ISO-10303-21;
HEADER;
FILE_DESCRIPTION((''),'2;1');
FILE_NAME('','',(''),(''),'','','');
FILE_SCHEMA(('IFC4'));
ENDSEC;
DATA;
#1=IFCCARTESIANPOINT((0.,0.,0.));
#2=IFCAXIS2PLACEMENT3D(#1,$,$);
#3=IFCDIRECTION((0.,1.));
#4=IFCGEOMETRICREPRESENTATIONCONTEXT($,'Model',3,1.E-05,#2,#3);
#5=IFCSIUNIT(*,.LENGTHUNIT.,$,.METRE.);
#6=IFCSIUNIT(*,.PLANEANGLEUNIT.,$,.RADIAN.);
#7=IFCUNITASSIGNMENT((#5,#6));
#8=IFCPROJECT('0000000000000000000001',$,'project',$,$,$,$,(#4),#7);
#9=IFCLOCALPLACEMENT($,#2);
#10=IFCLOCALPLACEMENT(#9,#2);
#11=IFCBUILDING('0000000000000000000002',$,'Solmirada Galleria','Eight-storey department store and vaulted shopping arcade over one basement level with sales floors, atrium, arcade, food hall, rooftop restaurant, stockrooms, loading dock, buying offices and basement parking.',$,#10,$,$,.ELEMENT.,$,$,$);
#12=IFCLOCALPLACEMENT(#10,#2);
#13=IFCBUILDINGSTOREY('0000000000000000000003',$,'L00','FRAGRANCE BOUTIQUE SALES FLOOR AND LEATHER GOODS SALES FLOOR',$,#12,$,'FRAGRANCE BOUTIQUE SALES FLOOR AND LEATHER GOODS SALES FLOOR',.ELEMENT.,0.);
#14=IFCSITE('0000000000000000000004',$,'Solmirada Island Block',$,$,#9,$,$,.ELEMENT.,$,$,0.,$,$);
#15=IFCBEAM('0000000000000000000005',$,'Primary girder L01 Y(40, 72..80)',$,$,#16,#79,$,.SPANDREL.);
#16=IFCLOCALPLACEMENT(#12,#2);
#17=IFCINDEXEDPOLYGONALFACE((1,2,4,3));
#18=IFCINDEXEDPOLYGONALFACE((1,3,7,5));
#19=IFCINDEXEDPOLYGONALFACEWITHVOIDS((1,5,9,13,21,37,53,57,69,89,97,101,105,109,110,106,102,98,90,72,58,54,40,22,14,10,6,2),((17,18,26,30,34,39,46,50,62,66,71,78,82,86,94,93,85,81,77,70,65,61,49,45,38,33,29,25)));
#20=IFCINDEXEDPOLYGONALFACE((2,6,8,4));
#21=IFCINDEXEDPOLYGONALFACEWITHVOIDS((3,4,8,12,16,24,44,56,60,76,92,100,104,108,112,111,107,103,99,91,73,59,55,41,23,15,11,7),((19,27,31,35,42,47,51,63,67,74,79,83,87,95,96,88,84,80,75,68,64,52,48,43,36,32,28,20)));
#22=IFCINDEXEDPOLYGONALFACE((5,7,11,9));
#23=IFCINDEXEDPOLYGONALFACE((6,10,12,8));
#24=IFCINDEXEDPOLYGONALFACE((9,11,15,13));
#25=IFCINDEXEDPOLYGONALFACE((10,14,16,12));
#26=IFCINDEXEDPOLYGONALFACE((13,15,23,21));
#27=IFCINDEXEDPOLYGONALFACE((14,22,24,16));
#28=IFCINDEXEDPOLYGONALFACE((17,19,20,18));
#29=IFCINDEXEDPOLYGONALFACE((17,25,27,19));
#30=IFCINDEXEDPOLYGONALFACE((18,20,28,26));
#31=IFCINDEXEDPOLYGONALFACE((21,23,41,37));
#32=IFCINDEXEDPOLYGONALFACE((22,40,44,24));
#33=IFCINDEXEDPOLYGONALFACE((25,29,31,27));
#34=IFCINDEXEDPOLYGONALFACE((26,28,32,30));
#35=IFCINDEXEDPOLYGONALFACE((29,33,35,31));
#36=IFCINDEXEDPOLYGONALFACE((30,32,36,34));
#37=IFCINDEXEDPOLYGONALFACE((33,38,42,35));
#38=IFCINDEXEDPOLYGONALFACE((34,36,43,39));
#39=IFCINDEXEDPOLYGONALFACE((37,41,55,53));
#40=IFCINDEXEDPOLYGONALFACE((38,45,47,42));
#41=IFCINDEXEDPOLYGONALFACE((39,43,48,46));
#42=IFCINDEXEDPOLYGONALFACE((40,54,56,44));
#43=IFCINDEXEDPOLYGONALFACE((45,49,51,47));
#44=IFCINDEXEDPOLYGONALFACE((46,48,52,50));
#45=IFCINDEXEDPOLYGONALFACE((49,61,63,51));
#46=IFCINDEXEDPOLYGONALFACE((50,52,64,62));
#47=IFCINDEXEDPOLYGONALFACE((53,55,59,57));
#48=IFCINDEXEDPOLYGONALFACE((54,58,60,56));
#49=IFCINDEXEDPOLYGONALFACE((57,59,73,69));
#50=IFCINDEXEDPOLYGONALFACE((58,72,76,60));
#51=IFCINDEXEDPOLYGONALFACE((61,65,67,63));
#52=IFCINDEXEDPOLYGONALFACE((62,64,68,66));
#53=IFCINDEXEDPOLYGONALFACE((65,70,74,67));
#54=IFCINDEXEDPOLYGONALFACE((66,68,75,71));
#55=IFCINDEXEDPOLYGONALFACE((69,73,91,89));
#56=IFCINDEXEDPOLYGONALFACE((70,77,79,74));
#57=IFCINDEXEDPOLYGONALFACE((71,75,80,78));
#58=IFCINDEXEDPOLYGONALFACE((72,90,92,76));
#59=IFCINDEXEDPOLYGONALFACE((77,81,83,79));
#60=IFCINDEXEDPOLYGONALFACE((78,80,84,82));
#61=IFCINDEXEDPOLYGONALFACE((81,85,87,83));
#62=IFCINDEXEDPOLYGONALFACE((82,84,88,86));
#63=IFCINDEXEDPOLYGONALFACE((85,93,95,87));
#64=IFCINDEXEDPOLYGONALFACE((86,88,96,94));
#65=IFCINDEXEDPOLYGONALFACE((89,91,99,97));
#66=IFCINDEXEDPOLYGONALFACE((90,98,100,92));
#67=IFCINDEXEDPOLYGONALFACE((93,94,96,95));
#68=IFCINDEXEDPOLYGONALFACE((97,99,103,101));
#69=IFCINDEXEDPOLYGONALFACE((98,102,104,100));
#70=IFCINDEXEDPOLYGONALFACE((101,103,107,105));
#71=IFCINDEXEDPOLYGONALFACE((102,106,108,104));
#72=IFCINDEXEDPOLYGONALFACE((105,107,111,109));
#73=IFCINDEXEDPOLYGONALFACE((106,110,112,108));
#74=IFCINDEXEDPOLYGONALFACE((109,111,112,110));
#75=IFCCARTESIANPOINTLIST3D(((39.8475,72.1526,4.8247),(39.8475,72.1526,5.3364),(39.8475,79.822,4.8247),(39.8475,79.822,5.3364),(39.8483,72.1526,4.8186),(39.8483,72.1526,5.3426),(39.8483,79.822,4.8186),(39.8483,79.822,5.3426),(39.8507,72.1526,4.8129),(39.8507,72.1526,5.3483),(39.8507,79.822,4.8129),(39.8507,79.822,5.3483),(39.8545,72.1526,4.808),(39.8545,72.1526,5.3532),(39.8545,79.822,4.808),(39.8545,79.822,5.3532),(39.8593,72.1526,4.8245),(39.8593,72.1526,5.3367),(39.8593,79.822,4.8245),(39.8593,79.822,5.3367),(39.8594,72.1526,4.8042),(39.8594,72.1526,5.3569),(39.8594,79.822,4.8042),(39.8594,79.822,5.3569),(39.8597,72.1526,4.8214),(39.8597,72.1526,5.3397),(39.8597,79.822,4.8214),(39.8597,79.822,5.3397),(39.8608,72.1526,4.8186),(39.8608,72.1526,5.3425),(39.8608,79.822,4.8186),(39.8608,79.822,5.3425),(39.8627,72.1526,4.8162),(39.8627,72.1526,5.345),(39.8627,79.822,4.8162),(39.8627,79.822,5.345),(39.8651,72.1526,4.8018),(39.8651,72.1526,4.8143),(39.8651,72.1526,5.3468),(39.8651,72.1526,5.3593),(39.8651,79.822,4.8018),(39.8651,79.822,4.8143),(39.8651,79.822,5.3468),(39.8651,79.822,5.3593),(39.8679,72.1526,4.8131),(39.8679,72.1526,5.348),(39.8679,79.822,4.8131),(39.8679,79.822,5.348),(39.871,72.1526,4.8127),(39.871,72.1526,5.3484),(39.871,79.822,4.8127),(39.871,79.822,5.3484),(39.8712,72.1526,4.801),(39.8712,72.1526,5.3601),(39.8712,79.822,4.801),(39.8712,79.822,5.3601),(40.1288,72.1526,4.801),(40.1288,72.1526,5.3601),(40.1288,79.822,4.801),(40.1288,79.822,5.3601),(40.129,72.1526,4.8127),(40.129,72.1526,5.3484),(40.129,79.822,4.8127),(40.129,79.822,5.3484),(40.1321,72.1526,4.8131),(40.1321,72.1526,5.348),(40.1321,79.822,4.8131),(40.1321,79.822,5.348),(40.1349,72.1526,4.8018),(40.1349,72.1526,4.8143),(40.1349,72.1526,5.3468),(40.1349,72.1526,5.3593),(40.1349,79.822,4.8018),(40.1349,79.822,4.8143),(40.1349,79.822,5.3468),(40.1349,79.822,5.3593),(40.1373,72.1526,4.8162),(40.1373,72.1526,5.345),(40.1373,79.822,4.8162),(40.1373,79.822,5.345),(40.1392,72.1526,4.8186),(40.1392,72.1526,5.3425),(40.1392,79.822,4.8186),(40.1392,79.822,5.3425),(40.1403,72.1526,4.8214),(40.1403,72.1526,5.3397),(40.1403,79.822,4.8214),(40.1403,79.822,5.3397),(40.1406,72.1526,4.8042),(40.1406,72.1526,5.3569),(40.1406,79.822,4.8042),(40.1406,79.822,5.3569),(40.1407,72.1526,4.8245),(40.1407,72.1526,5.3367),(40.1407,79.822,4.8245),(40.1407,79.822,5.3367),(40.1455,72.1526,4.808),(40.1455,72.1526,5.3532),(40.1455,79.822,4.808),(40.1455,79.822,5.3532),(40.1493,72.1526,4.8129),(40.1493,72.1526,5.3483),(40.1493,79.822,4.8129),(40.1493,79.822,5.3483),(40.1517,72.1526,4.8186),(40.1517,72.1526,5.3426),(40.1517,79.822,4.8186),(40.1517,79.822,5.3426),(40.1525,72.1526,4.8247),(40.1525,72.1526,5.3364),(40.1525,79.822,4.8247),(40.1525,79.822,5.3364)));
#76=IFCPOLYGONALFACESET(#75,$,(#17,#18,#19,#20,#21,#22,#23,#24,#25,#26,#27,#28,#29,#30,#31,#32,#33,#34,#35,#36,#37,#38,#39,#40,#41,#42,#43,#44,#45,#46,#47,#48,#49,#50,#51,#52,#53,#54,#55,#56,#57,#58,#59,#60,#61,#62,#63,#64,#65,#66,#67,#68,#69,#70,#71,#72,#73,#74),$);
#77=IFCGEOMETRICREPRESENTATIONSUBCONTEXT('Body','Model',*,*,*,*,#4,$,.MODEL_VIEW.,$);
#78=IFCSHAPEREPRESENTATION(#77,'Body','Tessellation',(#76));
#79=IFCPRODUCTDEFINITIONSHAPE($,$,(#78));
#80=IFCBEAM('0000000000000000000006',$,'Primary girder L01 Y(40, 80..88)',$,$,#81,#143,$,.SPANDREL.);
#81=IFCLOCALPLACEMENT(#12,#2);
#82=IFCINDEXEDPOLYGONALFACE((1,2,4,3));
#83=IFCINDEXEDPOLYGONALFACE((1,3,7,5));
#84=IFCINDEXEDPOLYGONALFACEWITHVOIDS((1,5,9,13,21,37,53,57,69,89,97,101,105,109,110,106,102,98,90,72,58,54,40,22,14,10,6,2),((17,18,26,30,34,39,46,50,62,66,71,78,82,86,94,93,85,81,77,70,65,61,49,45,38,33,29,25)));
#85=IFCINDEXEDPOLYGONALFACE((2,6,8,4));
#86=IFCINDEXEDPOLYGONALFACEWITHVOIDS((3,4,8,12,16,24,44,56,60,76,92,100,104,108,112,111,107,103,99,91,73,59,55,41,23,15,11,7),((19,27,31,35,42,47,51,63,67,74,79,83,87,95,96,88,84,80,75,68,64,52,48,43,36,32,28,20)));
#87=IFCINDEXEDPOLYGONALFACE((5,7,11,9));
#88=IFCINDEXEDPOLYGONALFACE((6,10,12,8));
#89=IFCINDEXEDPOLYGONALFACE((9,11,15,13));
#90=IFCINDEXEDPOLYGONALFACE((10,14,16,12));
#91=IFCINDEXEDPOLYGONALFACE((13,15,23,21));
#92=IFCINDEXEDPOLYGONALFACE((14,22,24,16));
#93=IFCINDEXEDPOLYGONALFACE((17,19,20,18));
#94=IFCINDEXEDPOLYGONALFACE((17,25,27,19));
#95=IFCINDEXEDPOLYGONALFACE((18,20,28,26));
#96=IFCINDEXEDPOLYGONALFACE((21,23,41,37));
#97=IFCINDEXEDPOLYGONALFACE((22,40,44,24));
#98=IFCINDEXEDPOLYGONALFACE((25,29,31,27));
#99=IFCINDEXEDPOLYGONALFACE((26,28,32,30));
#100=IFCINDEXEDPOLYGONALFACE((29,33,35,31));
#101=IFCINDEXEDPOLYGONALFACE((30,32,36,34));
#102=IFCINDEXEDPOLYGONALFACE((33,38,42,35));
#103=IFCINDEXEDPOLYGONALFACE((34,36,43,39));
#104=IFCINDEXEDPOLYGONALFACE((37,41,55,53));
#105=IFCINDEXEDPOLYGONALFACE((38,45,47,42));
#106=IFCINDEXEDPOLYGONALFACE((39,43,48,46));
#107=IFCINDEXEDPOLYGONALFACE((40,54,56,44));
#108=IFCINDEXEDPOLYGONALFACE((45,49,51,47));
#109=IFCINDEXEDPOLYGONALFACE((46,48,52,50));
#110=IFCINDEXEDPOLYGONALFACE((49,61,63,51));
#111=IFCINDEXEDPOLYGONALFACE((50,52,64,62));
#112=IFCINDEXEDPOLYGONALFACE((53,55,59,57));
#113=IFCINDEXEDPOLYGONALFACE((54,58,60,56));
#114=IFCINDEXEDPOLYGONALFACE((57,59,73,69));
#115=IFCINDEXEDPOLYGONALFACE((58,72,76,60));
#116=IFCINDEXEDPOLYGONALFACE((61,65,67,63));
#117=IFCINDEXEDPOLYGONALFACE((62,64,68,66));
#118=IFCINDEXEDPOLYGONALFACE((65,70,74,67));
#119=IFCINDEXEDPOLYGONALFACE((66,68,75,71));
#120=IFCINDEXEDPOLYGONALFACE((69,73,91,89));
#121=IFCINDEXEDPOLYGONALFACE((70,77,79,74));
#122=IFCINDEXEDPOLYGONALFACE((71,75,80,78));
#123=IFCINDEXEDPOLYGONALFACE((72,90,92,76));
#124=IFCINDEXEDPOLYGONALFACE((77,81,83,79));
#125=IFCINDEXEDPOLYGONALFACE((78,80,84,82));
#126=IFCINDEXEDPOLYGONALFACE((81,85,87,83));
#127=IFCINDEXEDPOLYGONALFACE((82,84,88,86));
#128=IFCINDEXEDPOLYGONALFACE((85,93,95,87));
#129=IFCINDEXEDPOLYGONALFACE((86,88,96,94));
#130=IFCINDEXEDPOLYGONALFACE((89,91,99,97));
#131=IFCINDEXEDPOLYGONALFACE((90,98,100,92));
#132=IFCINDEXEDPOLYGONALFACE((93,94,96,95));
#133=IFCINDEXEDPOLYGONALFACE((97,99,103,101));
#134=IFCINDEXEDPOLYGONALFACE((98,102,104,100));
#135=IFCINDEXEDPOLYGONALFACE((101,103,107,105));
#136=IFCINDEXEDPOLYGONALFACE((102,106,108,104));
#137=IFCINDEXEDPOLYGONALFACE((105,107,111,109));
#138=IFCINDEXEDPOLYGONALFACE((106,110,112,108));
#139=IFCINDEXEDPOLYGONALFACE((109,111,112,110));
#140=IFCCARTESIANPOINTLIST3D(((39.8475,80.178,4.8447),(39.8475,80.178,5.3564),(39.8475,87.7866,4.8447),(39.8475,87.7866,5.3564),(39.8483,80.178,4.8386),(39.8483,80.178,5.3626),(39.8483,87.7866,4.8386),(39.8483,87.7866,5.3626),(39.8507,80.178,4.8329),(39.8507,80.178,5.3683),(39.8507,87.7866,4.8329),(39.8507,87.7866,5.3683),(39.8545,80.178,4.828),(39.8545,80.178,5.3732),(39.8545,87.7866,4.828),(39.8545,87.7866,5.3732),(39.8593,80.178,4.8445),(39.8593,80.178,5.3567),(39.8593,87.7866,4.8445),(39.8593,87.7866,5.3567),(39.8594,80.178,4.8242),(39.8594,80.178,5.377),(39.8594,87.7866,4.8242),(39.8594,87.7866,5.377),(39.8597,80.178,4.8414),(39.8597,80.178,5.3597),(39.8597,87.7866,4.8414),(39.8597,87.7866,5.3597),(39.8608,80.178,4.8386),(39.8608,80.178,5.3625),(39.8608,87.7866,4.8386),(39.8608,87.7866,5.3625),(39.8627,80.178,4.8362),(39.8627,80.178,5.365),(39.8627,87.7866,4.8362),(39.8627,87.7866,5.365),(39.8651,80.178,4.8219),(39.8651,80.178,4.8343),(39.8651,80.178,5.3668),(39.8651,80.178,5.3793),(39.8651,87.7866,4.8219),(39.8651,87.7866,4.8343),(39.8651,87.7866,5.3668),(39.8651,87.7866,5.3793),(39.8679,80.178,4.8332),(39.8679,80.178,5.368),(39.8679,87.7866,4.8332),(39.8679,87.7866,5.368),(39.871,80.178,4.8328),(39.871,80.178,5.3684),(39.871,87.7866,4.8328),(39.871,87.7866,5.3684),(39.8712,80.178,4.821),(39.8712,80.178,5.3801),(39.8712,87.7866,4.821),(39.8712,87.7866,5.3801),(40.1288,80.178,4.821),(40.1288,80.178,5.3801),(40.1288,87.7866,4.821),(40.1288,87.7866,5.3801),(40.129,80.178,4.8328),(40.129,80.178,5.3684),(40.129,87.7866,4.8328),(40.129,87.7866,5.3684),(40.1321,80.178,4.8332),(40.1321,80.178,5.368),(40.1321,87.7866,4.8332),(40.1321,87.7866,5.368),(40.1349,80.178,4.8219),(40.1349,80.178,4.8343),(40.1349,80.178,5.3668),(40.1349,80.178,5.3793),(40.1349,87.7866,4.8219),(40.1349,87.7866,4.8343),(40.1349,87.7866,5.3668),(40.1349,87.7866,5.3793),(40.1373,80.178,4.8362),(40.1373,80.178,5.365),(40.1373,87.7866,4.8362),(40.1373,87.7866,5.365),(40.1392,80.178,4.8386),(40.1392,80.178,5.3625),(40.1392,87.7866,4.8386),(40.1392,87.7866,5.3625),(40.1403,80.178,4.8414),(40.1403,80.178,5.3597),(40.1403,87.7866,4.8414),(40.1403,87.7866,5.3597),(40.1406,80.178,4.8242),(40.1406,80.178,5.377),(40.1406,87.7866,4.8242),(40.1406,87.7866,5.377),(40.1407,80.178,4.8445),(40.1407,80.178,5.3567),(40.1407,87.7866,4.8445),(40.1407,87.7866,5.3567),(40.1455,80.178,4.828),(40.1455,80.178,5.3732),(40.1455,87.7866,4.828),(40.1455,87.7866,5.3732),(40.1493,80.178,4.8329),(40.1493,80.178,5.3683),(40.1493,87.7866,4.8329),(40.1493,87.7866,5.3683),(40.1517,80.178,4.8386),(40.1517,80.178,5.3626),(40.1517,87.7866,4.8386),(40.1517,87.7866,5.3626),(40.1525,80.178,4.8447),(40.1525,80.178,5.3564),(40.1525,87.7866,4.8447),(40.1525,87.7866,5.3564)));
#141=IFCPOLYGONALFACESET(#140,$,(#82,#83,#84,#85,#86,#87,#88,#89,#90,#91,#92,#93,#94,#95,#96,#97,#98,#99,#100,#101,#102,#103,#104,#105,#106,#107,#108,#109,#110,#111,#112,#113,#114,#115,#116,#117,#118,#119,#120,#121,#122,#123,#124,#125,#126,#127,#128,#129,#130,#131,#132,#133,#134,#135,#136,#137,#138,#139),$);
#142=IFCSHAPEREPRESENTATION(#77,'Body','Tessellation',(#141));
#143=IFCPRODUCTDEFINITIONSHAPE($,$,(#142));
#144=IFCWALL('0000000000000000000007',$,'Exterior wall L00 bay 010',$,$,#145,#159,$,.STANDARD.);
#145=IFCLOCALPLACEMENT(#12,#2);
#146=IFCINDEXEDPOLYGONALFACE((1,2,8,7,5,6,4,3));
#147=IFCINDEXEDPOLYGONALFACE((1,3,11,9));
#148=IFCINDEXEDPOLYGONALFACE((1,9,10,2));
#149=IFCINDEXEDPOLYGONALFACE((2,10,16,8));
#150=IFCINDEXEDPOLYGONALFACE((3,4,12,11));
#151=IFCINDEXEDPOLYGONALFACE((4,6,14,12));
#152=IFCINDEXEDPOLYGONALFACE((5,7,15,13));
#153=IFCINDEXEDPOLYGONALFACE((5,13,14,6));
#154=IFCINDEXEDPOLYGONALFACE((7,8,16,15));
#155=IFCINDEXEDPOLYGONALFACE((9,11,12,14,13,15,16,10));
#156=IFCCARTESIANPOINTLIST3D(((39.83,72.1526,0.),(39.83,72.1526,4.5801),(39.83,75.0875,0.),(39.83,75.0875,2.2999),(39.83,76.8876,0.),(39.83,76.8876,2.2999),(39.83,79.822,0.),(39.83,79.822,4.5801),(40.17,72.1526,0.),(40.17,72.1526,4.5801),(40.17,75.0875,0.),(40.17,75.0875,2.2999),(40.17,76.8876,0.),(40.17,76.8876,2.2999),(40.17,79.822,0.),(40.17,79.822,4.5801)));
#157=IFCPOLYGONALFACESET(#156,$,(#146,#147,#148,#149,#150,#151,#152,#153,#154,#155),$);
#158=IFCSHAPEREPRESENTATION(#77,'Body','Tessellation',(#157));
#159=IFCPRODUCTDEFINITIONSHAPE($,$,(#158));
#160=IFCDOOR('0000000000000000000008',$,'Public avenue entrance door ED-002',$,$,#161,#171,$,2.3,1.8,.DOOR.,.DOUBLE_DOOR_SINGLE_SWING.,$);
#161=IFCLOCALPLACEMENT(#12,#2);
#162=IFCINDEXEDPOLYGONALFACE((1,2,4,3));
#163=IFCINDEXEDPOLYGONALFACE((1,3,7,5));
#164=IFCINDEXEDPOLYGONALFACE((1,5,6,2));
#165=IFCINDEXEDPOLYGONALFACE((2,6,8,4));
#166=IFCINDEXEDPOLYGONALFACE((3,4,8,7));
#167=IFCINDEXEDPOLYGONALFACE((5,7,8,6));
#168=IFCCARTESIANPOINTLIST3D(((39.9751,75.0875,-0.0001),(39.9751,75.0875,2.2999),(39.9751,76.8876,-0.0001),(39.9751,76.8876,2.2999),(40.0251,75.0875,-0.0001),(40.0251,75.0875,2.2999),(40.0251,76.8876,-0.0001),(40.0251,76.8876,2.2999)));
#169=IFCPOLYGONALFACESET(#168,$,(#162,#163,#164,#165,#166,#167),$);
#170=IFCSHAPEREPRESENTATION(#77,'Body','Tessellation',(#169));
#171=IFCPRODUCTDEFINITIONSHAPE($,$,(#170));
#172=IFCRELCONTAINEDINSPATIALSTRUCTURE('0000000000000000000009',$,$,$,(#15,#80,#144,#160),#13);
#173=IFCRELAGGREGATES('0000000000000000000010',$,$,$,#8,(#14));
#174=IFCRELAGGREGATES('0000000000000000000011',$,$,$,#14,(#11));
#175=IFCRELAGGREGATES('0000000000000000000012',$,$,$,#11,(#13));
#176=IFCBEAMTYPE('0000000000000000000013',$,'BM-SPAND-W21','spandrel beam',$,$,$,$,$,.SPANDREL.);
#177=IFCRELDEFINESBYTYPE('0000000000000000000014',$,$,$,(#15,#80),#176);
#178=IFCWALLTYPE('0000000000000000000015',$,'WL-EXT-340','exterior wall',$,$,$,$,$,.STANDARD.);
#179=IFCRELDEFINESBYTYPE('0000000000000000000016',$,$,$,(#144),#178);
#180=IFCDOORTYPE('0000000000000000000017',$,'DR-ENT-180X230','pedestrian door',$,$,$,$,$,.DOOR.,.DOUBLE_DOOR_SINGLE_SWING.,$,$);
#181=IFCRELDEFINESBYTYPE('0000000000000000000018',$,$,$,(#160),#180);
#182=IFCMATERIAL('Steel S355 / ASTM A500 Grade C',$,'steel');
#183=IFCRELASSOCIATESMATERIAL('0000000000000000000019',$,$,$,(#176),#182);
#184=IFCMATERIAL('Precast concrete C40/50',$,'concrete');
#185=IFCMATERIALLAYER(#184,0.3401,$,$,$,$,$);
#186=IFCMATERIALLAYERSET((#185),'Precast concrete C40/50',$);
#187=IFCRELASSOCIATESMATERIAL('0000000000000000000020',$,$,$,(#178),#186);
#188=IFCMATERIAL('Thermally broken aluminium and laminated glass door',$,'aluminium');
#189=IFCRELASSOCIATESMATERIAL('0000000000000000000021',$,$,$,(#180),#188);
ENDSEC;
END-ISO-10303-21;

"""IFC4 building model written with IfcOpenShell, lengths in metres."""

from ifc_helpers import new_model, si_unit, direction, frame, frame_2d, origin, origin_2d, place, context, subcontext, project, spatial, rectangle, hollow_rectangle, extrude, material, layer, layer_set, material_profile, profile_set, type_object, element, fill, save


model = new_model("IFC4")

# Units and contexts
model_context = context("Model", 3, precision=1e-05, world=origin(), true_north=direction((0.0, 1.0)))
body_context = subcontext(model_context, "Body", "Model", "MODEL_VIEW")
ifc_project = project(units=[si_unit("LENGTHUNIT", "METRE"), si_unit("PLANEANGLEUNIT", "RADIAN")], contexts=[model_context])

# Site, building, storey
site_placement = place(None, origin())
site = spatial("IfcSite", under=ifc_project, at=site_placement, Name="Solmirada Island Block", CompositionType="ELEMENT", RefElevation=0.0)
building_placement = place(site_placement, origin())
building = spatial("IfcBuilding", under=site, at=building_placement, Name="Solmirada Galleria", Description="Eight-storey department store and vaulted shopping arcade over one basement level with sales floors, atrium, arcade, food hall, rooftop restaurant, stockrooms, loading dock, buying offices and basement parking.", CompositionType="ELEMENT")
storey_placement = place(building_placement, origin())
storey = spatial("IfcBuildingStorey", under=building, at=storey_placement, Name="L00", Description="FRAGRANCE BOUTIQUE SALES FLOOR AND LEATHER GOODS SALES FLOOR", LongName="FRAGRANCE BOUTIQUE SALES FLOOR AND LEATHER GOODS SALES FLOOR", CompositionType="ELEMENT", Elevation=0.0)

# Shared definitions
ifc_material_1 = material(Name="Steel S355 / ASTM A500 Grade C", Category="steel")

# Beams
ifc_material_profile_1 = material_profile(ifc_material_1, hollow_rectangle(XDim=0.3049, YDim=0.5591, WallThickness=0.0117, InnerFilletRadius=0.0117, OuterFilletRadius=0.0237, at=origin_2d()), Name="HSS22X12X1/2")
ifc_profile_set_1 = profile_set([ifc_material_profile_1], Name="Steel S355 / ASTM A500 Grade C")
beam_type_1 = type_object("IfcBeamType", Name="BM-SPAND-W21", Description="spandrel beam", PredefinedType="SPANDREL", material=ifc_profile_set_1)
beam_1_placement = place(storey_placement, frame((40.0, 72.1526, 5.0806), z_axis=(0.0, 1.0, 0.0), x_axis=(-1.0, 0.0, 0.0)))
element("IfcBeam", 1, at=beam_1_placement, inside=storey, type_object=beam_type_1, Name="Primary girder L01 Y(40, 72..80)", PredefinedType="SPANDREL", context=body_context, shape_type="SweptSolid", body=[
    extrude(hollow_rectangle(XDim=0.3049, YDim=0.5591, WallThickness=0.0117, InnerFilletRadius=0.0117, OuterFilletRadius=0.0237, at=origin_2d()), origin(), (0.0, 0.0, 1.0), 7.6694),
])
beam_2_placement = place(storey_placement, frame((40.0, 80.178, 5.1006), z_axis=(0.0, 1.0, 0.0), x_axis=(-1.0, 0.0, 0.0)))
element("IfcBeam", 2, at=beam_2_placement, inside=storey, type_object=beam_type_1, Name="Primary girder L01 Y(40, 80..88)", PredefinedType="SPANDREL", context=body_context, shape_type="SweptSolid", body=[
    extrude(hollow_rectangle(XDim=0.3049, YDim=0.5591, WallThickness=0.0117, InnerFilletRadius=0.0117, OuterFilletRadius=0.0237, at=origin_2d()), origin(), (0.0, 0.0, 1.0), 7.6086),
])

# Wall, opening, door
ifc_material_2 = material(Name="Precast concrete C40/50", Category="concrete")
ifc_layer_1 = layer(ifc_material_2, 0.3401)
ifc_layer_set_1 = layer_set([ifc_layer_1], Name="Precast concrete C40/50")
wall_type = type_object("IfcWallType", Name="WL-EXT-340", Description="exterior wall", PredefinedType="STANDARD", material=ifc_layer_set_1)
wall_1_placement = place(storey_placement, frame((40.0, 72.1526, 0.0), z_axis=(0.0, 0.0, 1.0), x_axis=(0.0, 1.0, 0.0)))
wall_1 = element("IfcWall", 3, at=wall_1_placement, inside=storey, type_object=wall_type, Name="Exterior wall L00 bay 010", PredefinedType="STANDARD", context=body_context, shape_type="SweptSolid", body=[
    extrude(rectangle(XDim=7.6694, YDim=0.3401, at=frame_2d((3.8347, 0.0))), origin(), (0.0, 0.0, 1.0), 4.5801),
])
opening_1_placement = place(wall_1_placement, frame((2.9351, 0.0, 0.0)))
opening_1 = element("IfcOpeningElement", 4, at=opening_1_placement, cuts=wall_1, PredefinedType="OPENING", context=body_context, shape_type="SweptSolid", body=[
    extrude(rectangle(XDim=1.8, YDim=2.3, at=frame_2d((0.8999, 1.1499))), frame((0.0, 0.1799, 0.0), z_axis=(0.0, -1.0, 0.0), x_axis=(1.0, 0.0, 0.0)), (0.0, 0.0, 1.0), 0.3601),
])
ifc_material_3 = material(Name="Thermally broken aluminium and laminated glass door", Category="aluminium")
door_type_1 = type_object("IfcDoorType", Name="DR-ENT-180X230", Description="pedestrian door", OperationType="DOUBLE_DOOR_SINGLE_SWING", PredefinedType="DOOR", material=ifc_material_3)
door_1_placement = place(opening_1_placement, origin())
door_1 = element("IfcDoor", 5, at=door_1_placement, inside=storey, type_object=door_type_1, Name="Public avenue entrance door ED-002", OperationType="DOUBLE_DOOR_SINGLE_SWING", OverallHeight=2.3, OverallWidth=1.8, PredefinedType="DOOR", context=body_context, shape_type="SweptSolid", body=[
    extrude(rectangle(XDim=1.8, YDim=2.3, at=frame_2d((0.8999, 1.1499))), frame((0.0, 0.0249, 0.0), z_axis=(0.0, -1.0, 0.0), x_axis=(1.0, 0.0, 0.0)), (0.0, 0.0, 1.0), 0.05),
])
fill(opening_1, door_1)

save(model, "model.ifc")
